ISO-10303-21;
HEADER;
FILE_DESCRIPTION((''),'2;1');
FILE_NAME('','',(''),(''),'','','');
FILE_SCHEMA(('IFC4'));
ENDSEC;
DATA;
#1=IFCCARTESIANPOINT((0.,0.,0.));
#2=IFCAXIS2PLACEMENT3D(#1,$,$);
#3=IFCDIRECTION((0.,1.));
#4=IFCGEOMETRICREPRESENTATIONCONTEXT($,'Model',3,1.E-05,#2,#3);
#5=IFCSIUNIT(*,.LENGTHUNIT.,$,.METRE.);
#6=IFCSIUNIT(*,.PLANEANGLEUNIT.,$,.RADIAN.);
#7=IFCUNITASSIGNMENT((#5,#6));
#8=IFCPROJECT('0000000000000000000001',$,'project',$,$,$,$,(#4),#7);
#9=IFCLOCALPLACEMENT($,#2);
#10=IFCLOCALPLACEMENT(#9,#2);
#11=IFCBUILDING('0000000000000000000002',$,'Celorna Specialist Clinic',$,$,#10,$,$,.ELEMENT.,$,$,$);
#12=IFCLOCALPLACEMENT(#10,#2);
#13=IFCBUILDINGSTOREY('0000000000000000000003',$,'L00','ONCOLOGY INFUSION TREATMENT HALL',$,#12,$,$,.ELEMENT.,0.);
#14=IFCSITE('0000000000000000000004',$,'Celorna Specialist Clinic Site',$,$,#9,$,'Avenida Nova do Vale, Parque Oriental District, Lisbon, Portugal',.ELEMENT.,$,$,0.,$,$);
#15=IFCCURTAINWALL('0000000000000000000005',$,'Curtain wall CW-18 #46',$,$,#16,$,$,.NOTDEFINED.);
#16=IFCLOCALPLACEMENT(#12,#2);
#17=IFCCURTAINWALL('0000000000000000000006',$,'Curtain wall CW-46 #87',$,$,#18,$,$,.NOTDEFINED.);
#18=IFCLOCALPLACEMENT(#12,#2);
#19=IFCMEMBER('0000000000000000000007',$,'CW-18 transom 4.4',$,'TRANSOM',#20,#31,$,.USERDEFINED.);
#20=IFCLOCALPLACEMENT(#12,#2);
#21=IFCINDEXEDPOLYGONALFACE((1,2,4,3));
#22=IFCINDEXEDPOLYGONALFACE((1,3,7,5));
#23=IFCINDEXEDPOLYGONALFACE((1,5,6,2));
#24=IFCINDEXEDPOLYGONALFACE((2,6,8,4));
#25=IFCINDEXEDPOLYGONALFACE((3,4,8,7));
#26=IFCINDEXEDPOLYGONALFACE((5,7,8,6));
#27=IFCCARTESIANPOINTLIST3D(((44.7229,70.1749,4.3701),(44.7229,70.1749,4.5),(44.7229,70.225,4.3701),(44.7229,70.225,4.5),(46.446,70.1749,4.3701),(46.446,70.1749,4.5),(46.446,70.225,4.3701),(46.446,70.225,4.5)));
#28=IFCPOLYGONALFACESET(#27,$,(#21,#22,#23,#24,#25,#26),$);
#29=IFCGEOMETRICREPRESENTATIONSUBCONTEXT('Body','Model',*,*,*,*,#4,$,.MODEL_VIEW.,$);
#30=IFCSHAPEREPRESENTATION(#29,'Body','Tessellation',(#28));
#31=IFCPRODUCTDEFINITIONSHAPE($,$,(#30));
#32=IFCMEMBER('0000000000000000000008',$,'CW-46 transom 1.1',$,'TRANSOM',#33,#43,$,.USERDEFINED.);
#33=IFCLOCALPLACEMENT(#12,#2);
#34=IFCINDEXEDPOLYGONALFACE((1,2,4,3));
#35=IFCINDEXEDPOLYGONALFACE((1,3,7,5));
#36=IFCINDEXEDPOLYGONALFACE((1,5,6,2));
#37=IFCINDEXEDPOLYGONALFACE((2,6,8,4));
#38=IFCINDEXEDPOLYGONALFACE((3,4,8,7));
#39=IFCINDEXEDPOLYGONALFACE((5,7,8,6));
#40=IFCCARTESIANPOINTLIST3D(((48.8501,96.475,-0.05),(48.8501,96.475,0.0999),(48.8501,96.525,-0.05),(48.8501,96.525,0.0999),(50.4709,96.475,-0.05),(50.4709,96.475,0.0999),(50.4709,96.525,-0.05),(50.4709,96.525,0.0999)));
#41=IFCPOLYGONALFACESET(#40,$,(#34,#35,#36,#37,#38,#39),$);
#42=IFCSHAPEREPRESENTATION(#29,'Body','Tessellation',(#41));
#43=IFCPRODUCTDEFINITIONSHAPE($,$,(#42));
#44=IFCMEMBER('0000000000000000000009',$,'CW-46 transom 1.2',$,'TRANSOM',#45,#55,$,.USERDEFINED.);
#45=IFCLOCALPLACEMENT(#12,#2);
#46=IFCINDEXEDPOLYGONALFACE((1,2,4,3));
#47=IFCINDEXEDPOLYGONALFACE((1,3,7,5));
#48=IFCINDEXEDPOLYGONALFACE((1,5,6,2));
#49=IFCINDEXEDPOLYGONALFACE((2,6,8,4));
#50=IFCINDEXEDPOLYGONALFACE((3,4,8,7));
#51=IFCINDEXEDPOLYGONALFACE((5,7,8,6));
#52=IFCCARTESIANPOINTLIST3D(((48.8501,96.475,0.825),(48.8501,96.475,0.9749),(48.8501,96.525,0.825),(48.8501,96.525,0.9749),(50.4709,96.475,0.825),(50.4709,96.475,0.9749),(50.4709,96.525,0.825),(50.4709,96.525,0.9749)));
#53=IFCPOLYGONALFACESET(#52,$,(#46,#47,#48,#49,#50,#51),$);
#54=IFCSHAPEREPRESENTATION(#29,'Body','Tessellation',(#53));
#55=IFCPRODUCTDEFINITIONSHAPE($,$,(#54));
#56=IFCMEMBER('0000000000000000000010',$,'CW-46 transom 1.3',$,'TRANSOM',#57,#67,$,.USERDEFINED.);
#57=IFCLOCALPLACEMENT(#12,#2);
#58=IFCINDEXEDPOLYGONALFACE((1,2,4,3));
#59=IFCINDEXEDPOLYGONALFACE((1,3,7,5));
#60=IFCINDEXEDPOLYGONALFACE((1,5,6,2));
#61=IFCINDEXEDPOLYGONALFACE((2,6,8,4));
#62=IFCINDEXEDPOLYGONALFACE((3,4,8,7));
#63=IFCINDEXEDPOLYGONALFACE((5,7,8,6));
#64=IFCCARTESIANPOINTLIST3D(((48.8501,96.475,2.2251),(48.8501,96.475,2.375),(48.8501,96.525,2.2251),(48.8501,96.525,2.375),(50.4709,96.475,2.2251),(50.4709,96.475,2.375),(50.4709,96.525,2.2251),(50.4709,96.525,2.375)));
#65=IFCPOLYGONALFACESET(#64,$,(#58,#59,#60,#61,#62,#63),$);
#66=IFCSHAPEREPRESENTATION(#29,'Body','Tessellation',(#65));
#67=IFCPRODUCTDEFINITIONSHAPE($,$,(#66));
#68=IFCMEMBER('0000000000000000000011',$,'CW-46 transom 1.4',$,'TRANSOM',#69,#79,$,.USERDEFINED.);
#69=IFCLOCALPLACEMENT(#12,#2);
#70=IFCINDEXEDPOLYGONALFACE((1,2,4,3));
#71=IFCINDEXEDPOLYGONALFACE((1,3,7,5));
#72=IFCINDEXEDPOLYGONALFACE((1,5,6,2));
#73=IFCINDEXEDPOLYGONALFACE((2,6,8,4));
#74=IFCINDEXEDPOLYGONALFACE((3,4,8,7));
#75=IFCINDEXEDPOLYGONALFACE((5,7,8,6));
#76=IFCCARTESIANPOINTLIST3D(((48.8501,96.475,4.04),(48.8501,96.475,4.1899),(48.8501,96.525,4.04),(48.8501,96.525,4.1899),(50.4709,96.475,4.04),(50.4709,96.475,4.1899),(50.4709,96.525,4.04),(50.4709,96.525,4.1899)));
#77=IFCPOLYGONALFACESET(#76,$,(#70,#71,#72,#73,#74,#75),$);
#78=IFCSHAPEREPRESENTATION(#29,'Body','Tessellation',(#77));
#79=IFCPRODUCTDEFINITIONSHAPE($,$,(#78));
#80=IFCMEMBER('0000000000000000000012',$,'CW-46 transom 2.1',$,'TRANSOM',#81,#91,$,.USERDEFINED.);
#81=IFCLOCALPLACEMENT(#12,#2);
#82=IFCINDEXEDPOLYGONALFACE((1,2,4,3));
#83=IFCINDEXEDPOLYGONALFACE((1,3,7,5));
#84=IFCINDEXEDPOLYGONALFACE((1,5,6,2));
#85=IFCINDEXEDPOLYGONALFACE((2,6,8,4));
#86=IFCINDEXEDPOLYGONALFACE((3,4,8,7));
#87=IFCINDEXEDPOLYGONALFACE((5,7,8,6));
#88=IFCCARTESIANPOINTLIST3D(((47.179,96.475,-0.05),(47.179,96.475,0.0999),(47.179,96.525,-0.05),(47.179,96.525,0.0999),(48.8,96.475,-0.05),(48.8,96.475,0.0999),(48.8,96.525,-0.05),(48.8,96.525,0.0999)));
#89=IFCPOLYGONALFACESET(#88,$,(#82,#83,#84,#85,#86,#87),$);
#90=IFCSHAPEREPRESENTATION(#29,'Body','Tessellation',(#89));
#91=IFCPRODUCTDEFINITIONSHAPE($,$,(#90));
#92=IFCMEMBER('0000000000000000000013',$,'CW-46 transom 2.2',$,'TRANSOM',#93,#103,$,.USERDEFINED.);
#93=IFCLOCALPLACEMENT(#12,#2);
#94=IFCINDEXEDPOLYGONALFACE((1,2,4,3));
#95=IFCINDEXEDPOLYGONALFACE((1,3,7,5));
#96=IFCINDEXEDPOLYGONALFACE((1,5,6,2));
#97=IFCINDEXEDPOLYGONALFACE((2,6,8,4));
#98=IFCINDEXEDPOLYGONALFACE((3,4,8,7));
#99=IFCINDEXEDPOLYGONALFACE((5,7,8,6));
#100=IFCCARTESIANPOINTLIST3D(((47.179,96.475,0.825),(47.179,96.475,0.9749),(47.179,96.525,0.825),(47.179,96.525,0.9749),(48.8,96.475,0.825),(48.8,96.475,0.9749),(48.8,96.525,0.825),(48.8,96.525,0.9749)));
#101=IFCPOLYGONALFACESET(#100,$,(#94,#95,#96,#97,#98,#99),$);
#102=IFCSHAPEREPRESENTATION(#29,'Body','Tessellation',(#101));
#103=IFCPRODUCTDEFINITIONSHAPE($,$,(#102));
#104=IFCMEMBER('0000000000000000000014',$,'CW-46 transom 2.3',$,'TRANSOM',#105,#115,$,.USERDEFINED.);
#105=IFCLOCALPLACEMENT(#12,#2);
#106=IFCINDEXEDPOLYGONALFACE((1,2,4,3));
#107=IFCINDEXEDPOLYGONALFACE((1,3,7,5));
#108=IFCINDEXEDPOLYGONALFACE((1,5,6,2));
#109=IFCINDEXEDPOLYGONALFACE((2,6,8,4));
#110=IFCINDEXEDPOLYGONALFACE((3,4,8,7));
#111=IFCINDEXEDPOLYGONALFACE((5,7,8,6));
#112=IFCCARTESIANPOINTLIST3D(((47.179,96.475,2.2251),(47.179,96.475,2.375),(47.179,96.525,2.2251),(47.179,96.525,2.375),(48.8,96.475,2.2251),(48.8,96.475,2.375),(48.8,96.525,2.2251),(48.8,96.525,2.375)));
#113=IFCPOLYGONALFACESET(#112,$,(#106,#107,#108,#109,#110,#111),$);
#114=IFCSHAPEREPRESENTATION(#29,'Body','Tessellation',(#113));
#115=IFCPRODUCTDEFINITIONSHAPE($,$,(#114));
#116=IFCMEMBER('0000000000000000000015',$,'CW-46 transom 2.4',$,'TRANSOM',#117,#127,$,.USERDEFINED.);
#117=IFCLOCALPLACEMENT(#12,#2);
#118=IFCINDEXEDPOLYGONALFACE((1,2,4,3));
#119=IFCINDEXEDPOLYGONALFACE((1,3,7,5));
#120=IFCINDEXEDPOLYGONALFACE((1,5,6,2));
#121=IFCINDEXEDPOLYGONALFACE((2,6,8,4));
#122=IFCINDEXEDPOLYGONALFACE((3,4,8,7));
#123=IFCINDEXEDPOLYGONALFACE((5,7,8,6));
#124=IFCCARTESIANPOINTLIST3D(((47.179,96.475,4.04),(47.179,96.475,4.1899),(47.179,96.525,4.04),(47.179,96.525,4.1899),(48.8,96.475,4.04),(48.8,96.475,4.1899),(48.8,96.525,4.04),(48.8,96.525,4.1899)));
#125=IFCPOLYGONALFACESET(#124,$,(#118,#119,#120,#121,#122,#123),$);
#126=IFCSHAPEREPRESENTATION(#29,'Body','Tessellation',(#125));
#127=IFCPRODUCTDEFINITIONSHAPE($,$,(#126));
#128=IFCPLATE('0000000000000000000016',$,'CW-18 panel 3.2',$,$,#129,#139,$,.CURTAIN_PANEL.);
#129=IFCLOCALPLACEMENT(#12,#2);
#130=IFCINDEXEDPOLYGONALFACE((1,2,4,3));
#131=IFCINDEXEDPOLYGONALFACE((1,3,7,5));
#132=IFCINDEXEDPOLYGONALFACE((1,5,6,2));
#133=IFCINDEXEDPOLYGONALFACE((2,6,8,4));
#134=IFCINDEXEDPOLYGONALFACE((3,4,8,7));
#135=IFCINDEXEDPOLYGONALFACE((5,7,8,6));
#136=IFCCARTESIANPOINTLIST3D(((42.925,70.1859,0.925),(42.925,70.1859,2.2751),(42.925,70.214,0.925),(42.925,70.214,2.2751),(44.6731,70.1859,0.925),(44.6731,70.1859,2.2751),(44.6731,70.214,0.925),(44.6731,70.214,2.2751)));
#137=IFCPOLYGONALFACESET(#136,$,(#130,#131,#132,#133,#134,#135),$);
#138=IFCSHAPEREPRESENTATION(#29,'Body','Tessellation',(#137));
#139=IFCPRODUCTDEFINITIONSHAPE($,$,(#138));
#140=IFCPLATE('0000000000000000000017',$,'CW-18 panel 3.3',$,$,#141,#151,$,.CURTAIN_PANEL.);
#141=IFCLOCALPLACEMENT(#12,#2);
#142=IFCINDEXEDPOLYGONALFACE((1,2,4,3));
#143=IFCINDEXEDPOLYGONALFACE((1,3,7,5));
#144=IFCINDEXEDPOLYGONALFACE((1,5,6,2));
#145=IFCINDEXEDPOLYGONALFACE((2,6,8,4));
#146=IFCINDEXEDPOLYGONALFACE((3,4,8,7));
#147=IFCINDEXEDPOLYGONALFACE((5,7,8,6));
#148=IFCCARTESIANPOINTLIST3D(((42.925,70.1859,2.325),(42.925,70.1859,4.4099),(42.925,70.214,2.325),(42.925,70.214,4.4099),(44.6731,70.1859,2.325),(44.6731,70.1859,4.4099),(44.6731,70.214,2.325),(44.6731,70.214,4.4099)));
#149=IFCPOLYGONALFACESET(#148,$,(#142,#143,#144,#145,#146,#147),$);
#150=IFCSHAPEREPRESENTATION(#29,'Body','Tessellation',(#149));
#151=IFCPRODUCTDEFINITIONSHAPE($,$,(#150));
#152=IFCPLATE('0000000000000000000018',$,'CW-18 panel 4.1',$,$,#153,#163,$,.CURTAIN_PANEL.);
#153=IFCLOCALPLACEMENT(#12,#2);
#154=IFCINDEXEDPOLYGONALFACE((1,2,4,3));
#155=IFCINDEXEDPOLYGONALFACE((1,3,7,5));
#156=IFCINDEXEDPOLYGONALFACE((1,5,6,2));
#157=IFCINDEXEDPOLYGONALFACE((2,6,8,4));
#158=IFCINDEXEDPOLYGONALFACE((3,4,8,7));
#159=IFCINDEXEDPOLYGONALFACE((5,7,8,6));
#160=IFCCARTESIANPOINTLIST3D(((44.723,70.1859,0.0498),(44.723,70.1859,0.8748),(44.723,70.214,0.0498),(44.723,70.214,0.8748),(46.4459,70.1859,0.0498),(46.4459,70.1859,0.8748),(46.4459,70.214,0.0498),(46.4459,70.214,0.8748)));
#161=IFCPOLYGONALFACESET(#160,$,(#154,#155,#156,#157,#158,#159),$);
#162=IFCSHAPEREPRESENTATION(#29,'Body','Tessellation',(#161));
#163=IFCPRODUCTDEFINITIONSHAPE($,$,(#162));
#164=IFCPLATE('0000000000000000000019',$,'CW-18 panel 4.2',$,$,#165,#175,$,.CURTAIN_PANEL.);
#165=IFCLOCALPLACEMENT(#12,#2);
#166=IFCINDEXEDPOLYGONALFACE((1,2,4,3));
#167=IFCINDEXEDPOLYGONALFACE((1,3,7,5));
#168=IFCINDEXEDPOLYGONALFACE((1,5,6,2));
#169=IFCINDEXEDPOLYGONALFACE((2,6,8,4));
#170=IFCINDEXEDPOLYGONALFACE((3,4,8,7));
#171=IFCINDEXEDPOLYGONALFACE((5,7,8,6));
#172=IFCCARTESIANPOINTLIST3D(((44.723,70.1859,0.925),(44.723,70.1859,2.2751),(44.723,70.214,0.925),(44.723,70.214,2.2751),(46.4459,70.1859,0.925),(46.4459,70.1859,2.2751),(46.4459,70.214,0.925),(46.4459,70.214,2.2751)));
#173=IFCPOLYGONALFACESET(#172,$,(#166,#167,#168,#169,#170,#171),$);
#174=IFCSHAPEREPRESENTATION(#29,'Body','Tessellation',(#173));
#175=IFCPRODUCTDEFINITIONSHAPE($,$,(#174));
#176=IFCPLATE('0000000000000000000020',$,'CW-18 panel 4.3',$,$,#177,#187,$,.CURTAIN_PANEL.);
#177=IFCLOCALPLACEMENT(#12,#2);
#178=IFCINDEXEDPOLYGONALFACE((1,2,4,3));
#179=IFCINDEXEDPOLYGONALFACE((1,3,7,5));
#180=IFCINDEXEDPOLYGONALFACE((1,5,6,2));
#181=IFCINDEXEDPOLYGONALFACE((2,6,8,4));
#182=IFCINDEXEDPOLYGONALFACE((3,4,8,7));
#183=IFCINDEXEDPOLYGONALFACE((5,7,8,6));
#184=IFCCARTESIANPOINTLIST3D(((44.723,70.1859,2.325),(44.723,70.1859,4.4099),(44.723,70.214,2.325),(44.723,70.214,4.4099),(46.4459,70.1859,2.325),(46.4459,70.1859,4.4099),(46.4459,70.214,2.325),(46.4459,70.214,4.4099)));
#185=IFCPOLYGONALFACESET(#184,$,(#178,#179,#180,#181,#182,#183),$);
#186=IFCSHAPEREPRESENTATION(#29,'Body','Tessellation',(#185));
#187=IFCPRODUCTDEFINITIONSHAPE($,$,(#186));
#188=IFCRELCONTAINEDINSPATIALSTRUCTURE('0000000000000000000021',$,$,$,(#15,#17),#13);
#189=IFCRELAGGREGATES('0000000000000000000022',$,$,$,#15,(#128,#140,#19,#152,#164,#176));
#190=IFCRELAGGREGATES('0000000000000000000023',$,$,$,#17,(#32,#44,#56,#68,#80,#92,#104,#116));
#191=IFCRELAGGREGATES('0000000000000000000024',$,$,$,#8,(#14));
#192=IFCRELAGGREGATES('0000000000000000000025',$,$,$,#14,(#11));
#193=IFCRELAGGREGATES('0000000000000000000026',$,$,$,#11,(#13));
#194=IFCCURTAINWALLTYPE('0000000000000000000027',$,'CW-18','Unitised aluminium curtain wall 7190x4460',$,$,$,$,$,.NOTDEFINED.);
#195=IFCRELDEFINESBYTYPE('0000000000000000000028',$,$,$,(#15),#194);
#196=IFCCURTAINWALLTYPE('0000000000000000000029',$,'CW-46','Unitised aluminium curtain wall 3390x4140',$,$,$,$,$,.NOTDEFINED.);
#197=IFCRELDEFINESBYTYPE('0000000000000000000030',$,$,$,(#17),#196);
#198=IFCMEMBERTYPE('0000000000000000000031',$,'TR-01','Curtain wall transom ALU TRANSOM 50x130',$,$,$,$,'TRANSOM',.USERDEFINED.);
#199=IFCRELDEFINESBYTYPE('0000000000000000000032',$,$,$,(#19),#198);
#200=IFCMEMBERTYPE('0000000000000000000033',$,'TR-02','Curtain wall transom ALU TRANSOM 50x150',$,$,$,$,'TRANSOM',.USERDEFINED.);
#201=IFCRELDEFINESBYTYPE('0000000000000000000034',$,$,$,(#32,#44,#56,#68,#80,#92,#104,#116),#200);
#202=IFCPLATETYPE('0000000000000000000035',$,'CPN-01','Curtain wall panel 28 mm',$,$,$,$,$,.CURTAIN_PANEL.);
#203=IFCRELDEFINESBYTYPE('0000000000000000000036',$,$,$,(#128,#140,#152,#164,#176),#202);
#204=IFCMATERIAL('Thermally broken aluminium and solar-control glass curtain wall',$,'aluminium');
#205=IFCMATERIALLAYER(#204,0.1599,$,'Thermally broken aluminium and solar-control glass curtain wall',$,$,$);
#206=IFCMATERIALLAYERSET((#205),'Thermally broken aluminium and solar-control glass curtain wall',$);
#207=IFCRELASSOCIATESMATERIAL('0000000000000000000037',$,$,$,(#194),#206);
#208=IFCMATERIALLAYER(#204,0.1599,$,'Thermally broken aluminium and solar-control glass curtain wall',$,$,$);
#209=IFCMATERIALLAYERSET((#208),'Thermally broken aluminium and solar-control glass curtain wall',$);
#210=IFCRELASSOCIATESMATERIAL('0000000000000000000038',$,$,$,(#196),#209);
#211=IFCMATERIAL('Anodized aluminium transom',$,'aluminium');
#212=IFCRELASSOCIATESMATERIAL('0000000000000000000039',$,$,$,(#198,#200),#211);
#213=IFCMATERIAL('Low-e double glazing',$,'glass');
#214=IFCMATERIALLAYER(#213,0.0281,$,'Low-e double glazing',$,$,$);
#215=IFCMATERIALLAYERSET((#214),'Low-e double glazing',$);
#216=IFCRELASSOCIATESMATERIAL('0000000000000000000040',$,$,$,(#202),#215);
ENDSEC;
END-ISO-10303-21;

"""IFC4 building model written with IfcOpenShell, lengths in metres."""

from ifc_helpers import new_model, si_unit, direction, frame, origin, origin_2d, place, context, subcontext, project, spatial, rectangle, extrude, material, layer, layer_set, material_profile, profile_set, type_object, element, aggregate, save


model = new_model("IFC4")

# Units and contexts
model_context = context("Model", 3, precision=1e-05, world=origin(), true_north=direction((0.0, 1.0)))
body_context = subcontext(model_context, "Body", "Model", "MODEL_VIEW")
ifc_project = project(units=[si_unit("LENGTHUNIT", "METRE"), si_unit("PLANEANGLEUNIT", "RADIAN")], contexts=[model_context])

# Site, building, storey
site_placement = place(None, origin())
site = spatial("IfcSite", under=ifc_project, at=site_placement, Name="Celorna Specialist Clinic Site", LongName="Avenida Nova do Vale, Parque Oriental District, Lisbon, Portugal", CompositionType="ELEMENT", RefElevation=0.0)
building_placement = place(site_placement, origin())
building = spatial("IfcBuilding", under=site, at=building_placement, Name="Celorna Specialist Clinic", CompositionType="ELEMENT")
storey_placement = place(building_placement, origin())
storey = spatial("IfcBuildingStorey", under=building, at=storey_placement, Name="L00", Description="ONCOLOGY INFUSION TREATMENT HALL", CompositionType="ELEMENT", Elevation=0.0)

# Curtain walls
ifc_material_1 = material(Name="Thermally broken aluminium and solar-control glass curtain wall", Category="aluminium")
ifc_layer_1 = layer(ifc_material_1, 0.1599, Name="Thermally broken aluminium and solar-control glass curtain wall")
ifc_layer_set_1 = layer_set([ifc_layer_1], Name="Thermally broken aluminium and solar-control glass curtain wall")
curtain_wall_type_1 = type_object("IfcCurtainWallType", Name="CW-18", Description="Unitised aluminium curtain wall 7190x4460", PredefinedType="NOTDEFINED", material=ifc_layer_set_1)
curtain_wall_1_placement = place(storey_placement, origin())
curtain_wall_1 = element("IfcCurtainWall", 1, at=curtain_wall_1_placement, inside=storey, type_object=curtain_wall_type_1, Name="Curtain wall CW-18 #46", PredefinedType="NOTDEFINED")
ifc_layer_2 = layer(ifc_material_1, 0.1599, Name="Thermally broken aluminium and solar-control glass curtain wall")
ifc_layer_set_2 = layer_set([ifc_layer_2], Name="Thermally broken aluminium and solar-control glass curtain wall")
curtain_wall_type_2 = type_object("IfcCurtainWallType", Name="CW-46", Description="Unitised aluminium curtain wall 3390x4140", PredefinedType="NOTDEFINED", material=ifc_layer_set_2)
curtain_wall_2_placement = place(storey_placement, origin())
curtain_wall_2 = element("IfcCurtainWall", 2, at=curtain_wall_2_placement, inside=storey, type_object=curtain_wall_type_2, Name="Curtain wall CW-46 #87", PredefinedType="NOTDEFINED")

# Members
ifc_material_2 = material(Name="Anodized aluminium transom", Category="aluminium")
ifc_material_profile_1 = material_profile(ifc_material_2, rectangle(XDim=0.05, YDim=0.1299, at=origin_2d()), Name="ALU TRANSOM 50x130")
ifc_profile_set_1 = profile_set([ifc_material_profile_1], Name="Anodized aluminium transom")
member_type_1 = type_object("IfcMemberType", Name="TR-01", Description="Curtain wall transom ALU TRANSOM 50x130", ElementType="TRANSOM", PredefinedType="USERDEFINED", material=ifc_profile_set_1)
member_1_placement = place(storey_placement, frame((44.7229, 70.2, 4.4351), z_axis=(1.0, 0.0, 0.0), x_axis=(0.0, 1.0, 0.0)))
member_1 = element("IfcMember", 3, at=member_1_placement, type_object=member_type_1, Name="CW-18 transom 4.4", ObjectType="TRANSOM", PredefinedType="USERDEFINED", context=body_context, shape_type="SweptSolid", body=[
    extrude(rectangle(XDim=0.05, YDim=0.1299, at=origin_2d()), origin(), (0.0, 0.0, 1.0), 1.7231),
])
ifc_material_profile_2 = material_profile(ifc_material_2, rectangle(XDim=0.05, YDim=0.1499, at=origin_2d()), Name="ALU TRANSOM 50x150")
ifc_profile_set_2 = profile_set([ifc_material_profile_2], Name="Anodized aluminium transom")
member_type_2 = type_object("IfcMemberType", Name="TR-02", Description="Curtain wall transom ALU TRANSOM 50x150", ElementType="TRANSOM", PredefinedType="USERDEFINED", material=ifc_profile_set_2)
member_2_placement = place(storey_placement, frame((50.4709, 96.5, 0.0249), z_axis=(-1.0, 0.0, 0.0), x_axis=(0.0, -1.0, 0.0)))
member_2 = element("IfcMember", 4, at=member_2_placement, type_object=member_type_2, Name="CW-46 transom 1.1", ObjectType="TRANSOM", PredefinedType="USERDEFINED", context=body_context, shape_type="SweptSolid", body=[
    extrude(rectangle(XDim=0.05, YDim=0.1499, at=origin_2d()), origin(), (0.0, 0.0, 1.0), 1.6208),
])
member_3_placement = place(storey_placement, frame((50.4709, 96.5, 0.8999), z_axis=(-1.0, 0.0, 0.0), x_axis=(0.0, -1.0, 0.0)))
member_3 = element("IfcMember", 5, at=member_3_placement, type_object=member_type_2, Name="CW-46 transom 1.2", ObjectType="TRANSOM", PredefinedType="USERDEFINED", context=body_context, shape_type="SweptSolid", body=[
    extrude(rectangle(XDim=0.05, YDim=0.1499, at=origin_2d()), origin(), (0.0, 0.0, 1.0), 1.6208),
])
member_4_placement = place(storey_placement, frame((50.4709, 96.5, 2.3), z_axis=(-1.0, 0.0, 0.0), x_axis=(0.0, -1.0, 0.0)))
member_4 = element("IfcMember", 6, at=member_4_placement, type_object=member_type_2, Name="CW-46 transom 1.3", ObjectType="TRANSOM", PredefinedType="USERDEFINED", context=body_context, shape_type="SweptSolid", body=[
    extrude(rectangle(XDim=0.05, YDim=0.1499, at=origin_2d()), origin(), (0.0, 0.0, 1.0), 1.6208),
])
member_5_placement = place(storey_placement, frame((50.4709, 96.5, 4.115), z_axis=(-1.0, 0.0, 0.0), x_axis=(0.0, -1.0, 0.0)))
member_5 = element("IfcMember", 7, at=member_5_placement, type_object=member_type_2, Name="CW-46 transom 1.4", ObjectType="TRANSOM", PredefinedType="USERDEFINED", context=body_context, shape_type="SweptSolid", body=[
    extrude(rectangle(XDim=0.05, YDim=0.1499, at=origin_2d()), origin(), (0.0, 0.0, 1.0), 1.6208),
])
member_6_placement = place(storey_placement, frame((48.8, 96.5, 0.0249), z_axis=(-1.0, 0.0, 0.0), x_axis=(0.0, -1.0, 0.0)))
member_6 = element("IfcMember", 8, at=member_6_placement, type_object=member_type_2, Name="CW-46 transom 2.1", ObjectType="TRANSOM", PredefinedType="USERDEFINED", context=body_context, shape_type="SweptSolid", body=[
    extrude(rectangle(XDim=0.05, YDim=0.1499, at=origin_2d()), origin(), (0.0, 0.0, 1.0), 1.6211),
])
member_7_placement = place(storey_placement, frame((48.8, 96.5, 0.8999), z_axis=(-1.0, 0.0, 0.0), x_axis=(0.0, -1.0, 0.0)))
member_7 = element("IfcMember", 9, at=member_7_placement, type_object=member_type_2, Name="CW-46 transom 2.2", ObjectType="TRANSOM", PredefinedType="USERDEFINED", context=body_context, shape_type="SweptSolid", body=[
    extrude(rectangle(XDim=0.05, YDim=0.1499, at=origin_2d()), origin(), (0.0, 0.0, 1.0), 1.6211),
])
member_8_placement = place(storey_placement, frame((48.8, 96.5, 2.3), z_axis=(-1.0, 0.0, 0.0), x_axis=(0.0, -1.0, 0.0)))
member_8 = element("IfcMember", 10, at=member_8_placement, type_object=member_type_2, Name="CW-46 transom 2.3", ObjectType="TRANSOM", PredefinedType="USERDEFINED", context=body_context, shape_type="SweptSolid", body=[
    extrude(rectangle(XDim=0.05, YDim=0.1499, at=origin_2d()), origin(), (0.0, 0.0, 1.0), 1.6211),
])
member_9_placement = place(storey_placement, frame((48.8, 96.5, 4.115), z_axis=(-1.0, 0.0, 0.0), x_axis=(0.0, -1.0, 0.0)))
member_9 = element("IfcMember", 11, at=member_9_placement, type_object=member_type_2, Name="CW-46 transom 2.4", ObjectType="TRANSOM", PredefinedType="USERDEFINED", context=body_context, shape_type="SweptSolid", body=[
    extrude(rectangle(XDim=0.05, YDim=0.1499, at=origin_2d()), origin(), (0.0, 0.0, 1.0), 1.6211),
])

# Plates
ifc_material_3 = material(Name="Low-e double glazing", Category="glass")
ifc_layer_3 = layer(ifc_material_3, 0.0281, Name="Low-e double glazing")
ifc_layer_set_3 = layer_set([ifc_layer_3], Name="Low-e double glazing")
plate_type_1 = type_object("IfcPlateType", Name="CPN-01", Description="Curtain wall panel 28 mm", PredefinedType="CURTAIN_PANEL", material=ifc_layer_set_3)
plate_1_placement = place(storey_placement, frame((43.7991, 70.2, 0.925), z_axis=(0.0, 0.0, 1.0), x_axis=(1.0, 0.0, 0.0)))
plate_1 = element("IfcPlate", 12, at=plate_1_placement, type_object=plate_type_1, Name="CW-18 panel 3.2", PredefinedType="CURTAIN_PANEL", context=body_context, shape_type="SweptSolid", body=[
    extrude(rectangle(XDim=1.748, YDim=0.0281, at=origin_2d()), origin(), (0.0, 0.0, 1.0), 1.3501),
])
plate_2_placement = place(storey_placement, frame((43.7991, 70.2, 2.325), z_axis=(0.0, 0.0, 1.0), x_axis=(1.0, 0.0, 0.0)))
plate_2 = element("IfcPlate", 13, at=plate_2_placement, type_object=plate_type_1, Name="CW-18 panel 3.3", PredefinedType="CURTAIN_PANEL", context=body_context, shape_type="SweptSolid", body=[
    extrude(rectangle(XDim=1.748, YDim=0.0281, at=origin_2d()), origin(), (0.0, 0.0, 1.0), 2.085),
])
plate_3_placement = place(storey_placement, frame((45.5845, 70.2, 0.0498), z_axis=(0.0, 0.0, 1.0), x_axis=(1.0, 0.0, 0.0)))
plate_3 = element("IfcPlate", 14, at=plate_3_placement, type_object=plate_type_1, Name="CW-18 panel 4.1", PredefinedType="CURTAIN_PANEL", context=body_context, shape_type="SweptSolid", body=[
    extrude(rectangle(XDim=1.7229, YDim=0.0281, at=origin_2d()), origin(), (0.0, 0.0, 1.0), 0.825),
])
plate_4_placement = place(storey_placement, frame((45.5845, 70.2, 0.925), z_axis=(0.0, 0.0, 1.0), x_axis=(1.0, 0.0, 0.0)))
plate_4 = element("IfcPlate", 15, at=plate_4_placement, type_object=plate_type_1, Name="CW-18 panel 4.2", PredefinedType="CURTAIN_PANEL", context=body_context, shape_type="SweptSolid", body=[
    extrude(rectangle(XDim=1.7229, YDim=0.0281, at=origin_2d()), origin(), (0.0, 0.0, 1.0), 1.3501),
])
plate_5_placement = place(storey_placement, frame((45.5845, 70.2, 2.325), z_axis=(0.0, 0.0, 1.0), x_axis=(1.0, 0.0, 0.0)))
plate_5 = element("IfcPlate", 16, at=plate_5_placement, type_object=plate_type_1, Name="CW-18 panel 4.3", PredefinedType="CURTAIN_PANEL", context=body_context, shape_type="SweptSolid", body=[
    extrude(rectangle(XDim=1.7229, YDim=0.0281, at=origin_2d()), origin(), (0.0, 0.0, 1.0), 2.085),
])
aggregate(curtain_wall_1, [plate_1, plate_2, member_1, plate_3, plate_4, plate_5])
aggregate(curtain_wall_2, [member_2, member_3, member_4, member_5, member_6, member_7, member_8, member_9])

save(model, "model.ifc")
